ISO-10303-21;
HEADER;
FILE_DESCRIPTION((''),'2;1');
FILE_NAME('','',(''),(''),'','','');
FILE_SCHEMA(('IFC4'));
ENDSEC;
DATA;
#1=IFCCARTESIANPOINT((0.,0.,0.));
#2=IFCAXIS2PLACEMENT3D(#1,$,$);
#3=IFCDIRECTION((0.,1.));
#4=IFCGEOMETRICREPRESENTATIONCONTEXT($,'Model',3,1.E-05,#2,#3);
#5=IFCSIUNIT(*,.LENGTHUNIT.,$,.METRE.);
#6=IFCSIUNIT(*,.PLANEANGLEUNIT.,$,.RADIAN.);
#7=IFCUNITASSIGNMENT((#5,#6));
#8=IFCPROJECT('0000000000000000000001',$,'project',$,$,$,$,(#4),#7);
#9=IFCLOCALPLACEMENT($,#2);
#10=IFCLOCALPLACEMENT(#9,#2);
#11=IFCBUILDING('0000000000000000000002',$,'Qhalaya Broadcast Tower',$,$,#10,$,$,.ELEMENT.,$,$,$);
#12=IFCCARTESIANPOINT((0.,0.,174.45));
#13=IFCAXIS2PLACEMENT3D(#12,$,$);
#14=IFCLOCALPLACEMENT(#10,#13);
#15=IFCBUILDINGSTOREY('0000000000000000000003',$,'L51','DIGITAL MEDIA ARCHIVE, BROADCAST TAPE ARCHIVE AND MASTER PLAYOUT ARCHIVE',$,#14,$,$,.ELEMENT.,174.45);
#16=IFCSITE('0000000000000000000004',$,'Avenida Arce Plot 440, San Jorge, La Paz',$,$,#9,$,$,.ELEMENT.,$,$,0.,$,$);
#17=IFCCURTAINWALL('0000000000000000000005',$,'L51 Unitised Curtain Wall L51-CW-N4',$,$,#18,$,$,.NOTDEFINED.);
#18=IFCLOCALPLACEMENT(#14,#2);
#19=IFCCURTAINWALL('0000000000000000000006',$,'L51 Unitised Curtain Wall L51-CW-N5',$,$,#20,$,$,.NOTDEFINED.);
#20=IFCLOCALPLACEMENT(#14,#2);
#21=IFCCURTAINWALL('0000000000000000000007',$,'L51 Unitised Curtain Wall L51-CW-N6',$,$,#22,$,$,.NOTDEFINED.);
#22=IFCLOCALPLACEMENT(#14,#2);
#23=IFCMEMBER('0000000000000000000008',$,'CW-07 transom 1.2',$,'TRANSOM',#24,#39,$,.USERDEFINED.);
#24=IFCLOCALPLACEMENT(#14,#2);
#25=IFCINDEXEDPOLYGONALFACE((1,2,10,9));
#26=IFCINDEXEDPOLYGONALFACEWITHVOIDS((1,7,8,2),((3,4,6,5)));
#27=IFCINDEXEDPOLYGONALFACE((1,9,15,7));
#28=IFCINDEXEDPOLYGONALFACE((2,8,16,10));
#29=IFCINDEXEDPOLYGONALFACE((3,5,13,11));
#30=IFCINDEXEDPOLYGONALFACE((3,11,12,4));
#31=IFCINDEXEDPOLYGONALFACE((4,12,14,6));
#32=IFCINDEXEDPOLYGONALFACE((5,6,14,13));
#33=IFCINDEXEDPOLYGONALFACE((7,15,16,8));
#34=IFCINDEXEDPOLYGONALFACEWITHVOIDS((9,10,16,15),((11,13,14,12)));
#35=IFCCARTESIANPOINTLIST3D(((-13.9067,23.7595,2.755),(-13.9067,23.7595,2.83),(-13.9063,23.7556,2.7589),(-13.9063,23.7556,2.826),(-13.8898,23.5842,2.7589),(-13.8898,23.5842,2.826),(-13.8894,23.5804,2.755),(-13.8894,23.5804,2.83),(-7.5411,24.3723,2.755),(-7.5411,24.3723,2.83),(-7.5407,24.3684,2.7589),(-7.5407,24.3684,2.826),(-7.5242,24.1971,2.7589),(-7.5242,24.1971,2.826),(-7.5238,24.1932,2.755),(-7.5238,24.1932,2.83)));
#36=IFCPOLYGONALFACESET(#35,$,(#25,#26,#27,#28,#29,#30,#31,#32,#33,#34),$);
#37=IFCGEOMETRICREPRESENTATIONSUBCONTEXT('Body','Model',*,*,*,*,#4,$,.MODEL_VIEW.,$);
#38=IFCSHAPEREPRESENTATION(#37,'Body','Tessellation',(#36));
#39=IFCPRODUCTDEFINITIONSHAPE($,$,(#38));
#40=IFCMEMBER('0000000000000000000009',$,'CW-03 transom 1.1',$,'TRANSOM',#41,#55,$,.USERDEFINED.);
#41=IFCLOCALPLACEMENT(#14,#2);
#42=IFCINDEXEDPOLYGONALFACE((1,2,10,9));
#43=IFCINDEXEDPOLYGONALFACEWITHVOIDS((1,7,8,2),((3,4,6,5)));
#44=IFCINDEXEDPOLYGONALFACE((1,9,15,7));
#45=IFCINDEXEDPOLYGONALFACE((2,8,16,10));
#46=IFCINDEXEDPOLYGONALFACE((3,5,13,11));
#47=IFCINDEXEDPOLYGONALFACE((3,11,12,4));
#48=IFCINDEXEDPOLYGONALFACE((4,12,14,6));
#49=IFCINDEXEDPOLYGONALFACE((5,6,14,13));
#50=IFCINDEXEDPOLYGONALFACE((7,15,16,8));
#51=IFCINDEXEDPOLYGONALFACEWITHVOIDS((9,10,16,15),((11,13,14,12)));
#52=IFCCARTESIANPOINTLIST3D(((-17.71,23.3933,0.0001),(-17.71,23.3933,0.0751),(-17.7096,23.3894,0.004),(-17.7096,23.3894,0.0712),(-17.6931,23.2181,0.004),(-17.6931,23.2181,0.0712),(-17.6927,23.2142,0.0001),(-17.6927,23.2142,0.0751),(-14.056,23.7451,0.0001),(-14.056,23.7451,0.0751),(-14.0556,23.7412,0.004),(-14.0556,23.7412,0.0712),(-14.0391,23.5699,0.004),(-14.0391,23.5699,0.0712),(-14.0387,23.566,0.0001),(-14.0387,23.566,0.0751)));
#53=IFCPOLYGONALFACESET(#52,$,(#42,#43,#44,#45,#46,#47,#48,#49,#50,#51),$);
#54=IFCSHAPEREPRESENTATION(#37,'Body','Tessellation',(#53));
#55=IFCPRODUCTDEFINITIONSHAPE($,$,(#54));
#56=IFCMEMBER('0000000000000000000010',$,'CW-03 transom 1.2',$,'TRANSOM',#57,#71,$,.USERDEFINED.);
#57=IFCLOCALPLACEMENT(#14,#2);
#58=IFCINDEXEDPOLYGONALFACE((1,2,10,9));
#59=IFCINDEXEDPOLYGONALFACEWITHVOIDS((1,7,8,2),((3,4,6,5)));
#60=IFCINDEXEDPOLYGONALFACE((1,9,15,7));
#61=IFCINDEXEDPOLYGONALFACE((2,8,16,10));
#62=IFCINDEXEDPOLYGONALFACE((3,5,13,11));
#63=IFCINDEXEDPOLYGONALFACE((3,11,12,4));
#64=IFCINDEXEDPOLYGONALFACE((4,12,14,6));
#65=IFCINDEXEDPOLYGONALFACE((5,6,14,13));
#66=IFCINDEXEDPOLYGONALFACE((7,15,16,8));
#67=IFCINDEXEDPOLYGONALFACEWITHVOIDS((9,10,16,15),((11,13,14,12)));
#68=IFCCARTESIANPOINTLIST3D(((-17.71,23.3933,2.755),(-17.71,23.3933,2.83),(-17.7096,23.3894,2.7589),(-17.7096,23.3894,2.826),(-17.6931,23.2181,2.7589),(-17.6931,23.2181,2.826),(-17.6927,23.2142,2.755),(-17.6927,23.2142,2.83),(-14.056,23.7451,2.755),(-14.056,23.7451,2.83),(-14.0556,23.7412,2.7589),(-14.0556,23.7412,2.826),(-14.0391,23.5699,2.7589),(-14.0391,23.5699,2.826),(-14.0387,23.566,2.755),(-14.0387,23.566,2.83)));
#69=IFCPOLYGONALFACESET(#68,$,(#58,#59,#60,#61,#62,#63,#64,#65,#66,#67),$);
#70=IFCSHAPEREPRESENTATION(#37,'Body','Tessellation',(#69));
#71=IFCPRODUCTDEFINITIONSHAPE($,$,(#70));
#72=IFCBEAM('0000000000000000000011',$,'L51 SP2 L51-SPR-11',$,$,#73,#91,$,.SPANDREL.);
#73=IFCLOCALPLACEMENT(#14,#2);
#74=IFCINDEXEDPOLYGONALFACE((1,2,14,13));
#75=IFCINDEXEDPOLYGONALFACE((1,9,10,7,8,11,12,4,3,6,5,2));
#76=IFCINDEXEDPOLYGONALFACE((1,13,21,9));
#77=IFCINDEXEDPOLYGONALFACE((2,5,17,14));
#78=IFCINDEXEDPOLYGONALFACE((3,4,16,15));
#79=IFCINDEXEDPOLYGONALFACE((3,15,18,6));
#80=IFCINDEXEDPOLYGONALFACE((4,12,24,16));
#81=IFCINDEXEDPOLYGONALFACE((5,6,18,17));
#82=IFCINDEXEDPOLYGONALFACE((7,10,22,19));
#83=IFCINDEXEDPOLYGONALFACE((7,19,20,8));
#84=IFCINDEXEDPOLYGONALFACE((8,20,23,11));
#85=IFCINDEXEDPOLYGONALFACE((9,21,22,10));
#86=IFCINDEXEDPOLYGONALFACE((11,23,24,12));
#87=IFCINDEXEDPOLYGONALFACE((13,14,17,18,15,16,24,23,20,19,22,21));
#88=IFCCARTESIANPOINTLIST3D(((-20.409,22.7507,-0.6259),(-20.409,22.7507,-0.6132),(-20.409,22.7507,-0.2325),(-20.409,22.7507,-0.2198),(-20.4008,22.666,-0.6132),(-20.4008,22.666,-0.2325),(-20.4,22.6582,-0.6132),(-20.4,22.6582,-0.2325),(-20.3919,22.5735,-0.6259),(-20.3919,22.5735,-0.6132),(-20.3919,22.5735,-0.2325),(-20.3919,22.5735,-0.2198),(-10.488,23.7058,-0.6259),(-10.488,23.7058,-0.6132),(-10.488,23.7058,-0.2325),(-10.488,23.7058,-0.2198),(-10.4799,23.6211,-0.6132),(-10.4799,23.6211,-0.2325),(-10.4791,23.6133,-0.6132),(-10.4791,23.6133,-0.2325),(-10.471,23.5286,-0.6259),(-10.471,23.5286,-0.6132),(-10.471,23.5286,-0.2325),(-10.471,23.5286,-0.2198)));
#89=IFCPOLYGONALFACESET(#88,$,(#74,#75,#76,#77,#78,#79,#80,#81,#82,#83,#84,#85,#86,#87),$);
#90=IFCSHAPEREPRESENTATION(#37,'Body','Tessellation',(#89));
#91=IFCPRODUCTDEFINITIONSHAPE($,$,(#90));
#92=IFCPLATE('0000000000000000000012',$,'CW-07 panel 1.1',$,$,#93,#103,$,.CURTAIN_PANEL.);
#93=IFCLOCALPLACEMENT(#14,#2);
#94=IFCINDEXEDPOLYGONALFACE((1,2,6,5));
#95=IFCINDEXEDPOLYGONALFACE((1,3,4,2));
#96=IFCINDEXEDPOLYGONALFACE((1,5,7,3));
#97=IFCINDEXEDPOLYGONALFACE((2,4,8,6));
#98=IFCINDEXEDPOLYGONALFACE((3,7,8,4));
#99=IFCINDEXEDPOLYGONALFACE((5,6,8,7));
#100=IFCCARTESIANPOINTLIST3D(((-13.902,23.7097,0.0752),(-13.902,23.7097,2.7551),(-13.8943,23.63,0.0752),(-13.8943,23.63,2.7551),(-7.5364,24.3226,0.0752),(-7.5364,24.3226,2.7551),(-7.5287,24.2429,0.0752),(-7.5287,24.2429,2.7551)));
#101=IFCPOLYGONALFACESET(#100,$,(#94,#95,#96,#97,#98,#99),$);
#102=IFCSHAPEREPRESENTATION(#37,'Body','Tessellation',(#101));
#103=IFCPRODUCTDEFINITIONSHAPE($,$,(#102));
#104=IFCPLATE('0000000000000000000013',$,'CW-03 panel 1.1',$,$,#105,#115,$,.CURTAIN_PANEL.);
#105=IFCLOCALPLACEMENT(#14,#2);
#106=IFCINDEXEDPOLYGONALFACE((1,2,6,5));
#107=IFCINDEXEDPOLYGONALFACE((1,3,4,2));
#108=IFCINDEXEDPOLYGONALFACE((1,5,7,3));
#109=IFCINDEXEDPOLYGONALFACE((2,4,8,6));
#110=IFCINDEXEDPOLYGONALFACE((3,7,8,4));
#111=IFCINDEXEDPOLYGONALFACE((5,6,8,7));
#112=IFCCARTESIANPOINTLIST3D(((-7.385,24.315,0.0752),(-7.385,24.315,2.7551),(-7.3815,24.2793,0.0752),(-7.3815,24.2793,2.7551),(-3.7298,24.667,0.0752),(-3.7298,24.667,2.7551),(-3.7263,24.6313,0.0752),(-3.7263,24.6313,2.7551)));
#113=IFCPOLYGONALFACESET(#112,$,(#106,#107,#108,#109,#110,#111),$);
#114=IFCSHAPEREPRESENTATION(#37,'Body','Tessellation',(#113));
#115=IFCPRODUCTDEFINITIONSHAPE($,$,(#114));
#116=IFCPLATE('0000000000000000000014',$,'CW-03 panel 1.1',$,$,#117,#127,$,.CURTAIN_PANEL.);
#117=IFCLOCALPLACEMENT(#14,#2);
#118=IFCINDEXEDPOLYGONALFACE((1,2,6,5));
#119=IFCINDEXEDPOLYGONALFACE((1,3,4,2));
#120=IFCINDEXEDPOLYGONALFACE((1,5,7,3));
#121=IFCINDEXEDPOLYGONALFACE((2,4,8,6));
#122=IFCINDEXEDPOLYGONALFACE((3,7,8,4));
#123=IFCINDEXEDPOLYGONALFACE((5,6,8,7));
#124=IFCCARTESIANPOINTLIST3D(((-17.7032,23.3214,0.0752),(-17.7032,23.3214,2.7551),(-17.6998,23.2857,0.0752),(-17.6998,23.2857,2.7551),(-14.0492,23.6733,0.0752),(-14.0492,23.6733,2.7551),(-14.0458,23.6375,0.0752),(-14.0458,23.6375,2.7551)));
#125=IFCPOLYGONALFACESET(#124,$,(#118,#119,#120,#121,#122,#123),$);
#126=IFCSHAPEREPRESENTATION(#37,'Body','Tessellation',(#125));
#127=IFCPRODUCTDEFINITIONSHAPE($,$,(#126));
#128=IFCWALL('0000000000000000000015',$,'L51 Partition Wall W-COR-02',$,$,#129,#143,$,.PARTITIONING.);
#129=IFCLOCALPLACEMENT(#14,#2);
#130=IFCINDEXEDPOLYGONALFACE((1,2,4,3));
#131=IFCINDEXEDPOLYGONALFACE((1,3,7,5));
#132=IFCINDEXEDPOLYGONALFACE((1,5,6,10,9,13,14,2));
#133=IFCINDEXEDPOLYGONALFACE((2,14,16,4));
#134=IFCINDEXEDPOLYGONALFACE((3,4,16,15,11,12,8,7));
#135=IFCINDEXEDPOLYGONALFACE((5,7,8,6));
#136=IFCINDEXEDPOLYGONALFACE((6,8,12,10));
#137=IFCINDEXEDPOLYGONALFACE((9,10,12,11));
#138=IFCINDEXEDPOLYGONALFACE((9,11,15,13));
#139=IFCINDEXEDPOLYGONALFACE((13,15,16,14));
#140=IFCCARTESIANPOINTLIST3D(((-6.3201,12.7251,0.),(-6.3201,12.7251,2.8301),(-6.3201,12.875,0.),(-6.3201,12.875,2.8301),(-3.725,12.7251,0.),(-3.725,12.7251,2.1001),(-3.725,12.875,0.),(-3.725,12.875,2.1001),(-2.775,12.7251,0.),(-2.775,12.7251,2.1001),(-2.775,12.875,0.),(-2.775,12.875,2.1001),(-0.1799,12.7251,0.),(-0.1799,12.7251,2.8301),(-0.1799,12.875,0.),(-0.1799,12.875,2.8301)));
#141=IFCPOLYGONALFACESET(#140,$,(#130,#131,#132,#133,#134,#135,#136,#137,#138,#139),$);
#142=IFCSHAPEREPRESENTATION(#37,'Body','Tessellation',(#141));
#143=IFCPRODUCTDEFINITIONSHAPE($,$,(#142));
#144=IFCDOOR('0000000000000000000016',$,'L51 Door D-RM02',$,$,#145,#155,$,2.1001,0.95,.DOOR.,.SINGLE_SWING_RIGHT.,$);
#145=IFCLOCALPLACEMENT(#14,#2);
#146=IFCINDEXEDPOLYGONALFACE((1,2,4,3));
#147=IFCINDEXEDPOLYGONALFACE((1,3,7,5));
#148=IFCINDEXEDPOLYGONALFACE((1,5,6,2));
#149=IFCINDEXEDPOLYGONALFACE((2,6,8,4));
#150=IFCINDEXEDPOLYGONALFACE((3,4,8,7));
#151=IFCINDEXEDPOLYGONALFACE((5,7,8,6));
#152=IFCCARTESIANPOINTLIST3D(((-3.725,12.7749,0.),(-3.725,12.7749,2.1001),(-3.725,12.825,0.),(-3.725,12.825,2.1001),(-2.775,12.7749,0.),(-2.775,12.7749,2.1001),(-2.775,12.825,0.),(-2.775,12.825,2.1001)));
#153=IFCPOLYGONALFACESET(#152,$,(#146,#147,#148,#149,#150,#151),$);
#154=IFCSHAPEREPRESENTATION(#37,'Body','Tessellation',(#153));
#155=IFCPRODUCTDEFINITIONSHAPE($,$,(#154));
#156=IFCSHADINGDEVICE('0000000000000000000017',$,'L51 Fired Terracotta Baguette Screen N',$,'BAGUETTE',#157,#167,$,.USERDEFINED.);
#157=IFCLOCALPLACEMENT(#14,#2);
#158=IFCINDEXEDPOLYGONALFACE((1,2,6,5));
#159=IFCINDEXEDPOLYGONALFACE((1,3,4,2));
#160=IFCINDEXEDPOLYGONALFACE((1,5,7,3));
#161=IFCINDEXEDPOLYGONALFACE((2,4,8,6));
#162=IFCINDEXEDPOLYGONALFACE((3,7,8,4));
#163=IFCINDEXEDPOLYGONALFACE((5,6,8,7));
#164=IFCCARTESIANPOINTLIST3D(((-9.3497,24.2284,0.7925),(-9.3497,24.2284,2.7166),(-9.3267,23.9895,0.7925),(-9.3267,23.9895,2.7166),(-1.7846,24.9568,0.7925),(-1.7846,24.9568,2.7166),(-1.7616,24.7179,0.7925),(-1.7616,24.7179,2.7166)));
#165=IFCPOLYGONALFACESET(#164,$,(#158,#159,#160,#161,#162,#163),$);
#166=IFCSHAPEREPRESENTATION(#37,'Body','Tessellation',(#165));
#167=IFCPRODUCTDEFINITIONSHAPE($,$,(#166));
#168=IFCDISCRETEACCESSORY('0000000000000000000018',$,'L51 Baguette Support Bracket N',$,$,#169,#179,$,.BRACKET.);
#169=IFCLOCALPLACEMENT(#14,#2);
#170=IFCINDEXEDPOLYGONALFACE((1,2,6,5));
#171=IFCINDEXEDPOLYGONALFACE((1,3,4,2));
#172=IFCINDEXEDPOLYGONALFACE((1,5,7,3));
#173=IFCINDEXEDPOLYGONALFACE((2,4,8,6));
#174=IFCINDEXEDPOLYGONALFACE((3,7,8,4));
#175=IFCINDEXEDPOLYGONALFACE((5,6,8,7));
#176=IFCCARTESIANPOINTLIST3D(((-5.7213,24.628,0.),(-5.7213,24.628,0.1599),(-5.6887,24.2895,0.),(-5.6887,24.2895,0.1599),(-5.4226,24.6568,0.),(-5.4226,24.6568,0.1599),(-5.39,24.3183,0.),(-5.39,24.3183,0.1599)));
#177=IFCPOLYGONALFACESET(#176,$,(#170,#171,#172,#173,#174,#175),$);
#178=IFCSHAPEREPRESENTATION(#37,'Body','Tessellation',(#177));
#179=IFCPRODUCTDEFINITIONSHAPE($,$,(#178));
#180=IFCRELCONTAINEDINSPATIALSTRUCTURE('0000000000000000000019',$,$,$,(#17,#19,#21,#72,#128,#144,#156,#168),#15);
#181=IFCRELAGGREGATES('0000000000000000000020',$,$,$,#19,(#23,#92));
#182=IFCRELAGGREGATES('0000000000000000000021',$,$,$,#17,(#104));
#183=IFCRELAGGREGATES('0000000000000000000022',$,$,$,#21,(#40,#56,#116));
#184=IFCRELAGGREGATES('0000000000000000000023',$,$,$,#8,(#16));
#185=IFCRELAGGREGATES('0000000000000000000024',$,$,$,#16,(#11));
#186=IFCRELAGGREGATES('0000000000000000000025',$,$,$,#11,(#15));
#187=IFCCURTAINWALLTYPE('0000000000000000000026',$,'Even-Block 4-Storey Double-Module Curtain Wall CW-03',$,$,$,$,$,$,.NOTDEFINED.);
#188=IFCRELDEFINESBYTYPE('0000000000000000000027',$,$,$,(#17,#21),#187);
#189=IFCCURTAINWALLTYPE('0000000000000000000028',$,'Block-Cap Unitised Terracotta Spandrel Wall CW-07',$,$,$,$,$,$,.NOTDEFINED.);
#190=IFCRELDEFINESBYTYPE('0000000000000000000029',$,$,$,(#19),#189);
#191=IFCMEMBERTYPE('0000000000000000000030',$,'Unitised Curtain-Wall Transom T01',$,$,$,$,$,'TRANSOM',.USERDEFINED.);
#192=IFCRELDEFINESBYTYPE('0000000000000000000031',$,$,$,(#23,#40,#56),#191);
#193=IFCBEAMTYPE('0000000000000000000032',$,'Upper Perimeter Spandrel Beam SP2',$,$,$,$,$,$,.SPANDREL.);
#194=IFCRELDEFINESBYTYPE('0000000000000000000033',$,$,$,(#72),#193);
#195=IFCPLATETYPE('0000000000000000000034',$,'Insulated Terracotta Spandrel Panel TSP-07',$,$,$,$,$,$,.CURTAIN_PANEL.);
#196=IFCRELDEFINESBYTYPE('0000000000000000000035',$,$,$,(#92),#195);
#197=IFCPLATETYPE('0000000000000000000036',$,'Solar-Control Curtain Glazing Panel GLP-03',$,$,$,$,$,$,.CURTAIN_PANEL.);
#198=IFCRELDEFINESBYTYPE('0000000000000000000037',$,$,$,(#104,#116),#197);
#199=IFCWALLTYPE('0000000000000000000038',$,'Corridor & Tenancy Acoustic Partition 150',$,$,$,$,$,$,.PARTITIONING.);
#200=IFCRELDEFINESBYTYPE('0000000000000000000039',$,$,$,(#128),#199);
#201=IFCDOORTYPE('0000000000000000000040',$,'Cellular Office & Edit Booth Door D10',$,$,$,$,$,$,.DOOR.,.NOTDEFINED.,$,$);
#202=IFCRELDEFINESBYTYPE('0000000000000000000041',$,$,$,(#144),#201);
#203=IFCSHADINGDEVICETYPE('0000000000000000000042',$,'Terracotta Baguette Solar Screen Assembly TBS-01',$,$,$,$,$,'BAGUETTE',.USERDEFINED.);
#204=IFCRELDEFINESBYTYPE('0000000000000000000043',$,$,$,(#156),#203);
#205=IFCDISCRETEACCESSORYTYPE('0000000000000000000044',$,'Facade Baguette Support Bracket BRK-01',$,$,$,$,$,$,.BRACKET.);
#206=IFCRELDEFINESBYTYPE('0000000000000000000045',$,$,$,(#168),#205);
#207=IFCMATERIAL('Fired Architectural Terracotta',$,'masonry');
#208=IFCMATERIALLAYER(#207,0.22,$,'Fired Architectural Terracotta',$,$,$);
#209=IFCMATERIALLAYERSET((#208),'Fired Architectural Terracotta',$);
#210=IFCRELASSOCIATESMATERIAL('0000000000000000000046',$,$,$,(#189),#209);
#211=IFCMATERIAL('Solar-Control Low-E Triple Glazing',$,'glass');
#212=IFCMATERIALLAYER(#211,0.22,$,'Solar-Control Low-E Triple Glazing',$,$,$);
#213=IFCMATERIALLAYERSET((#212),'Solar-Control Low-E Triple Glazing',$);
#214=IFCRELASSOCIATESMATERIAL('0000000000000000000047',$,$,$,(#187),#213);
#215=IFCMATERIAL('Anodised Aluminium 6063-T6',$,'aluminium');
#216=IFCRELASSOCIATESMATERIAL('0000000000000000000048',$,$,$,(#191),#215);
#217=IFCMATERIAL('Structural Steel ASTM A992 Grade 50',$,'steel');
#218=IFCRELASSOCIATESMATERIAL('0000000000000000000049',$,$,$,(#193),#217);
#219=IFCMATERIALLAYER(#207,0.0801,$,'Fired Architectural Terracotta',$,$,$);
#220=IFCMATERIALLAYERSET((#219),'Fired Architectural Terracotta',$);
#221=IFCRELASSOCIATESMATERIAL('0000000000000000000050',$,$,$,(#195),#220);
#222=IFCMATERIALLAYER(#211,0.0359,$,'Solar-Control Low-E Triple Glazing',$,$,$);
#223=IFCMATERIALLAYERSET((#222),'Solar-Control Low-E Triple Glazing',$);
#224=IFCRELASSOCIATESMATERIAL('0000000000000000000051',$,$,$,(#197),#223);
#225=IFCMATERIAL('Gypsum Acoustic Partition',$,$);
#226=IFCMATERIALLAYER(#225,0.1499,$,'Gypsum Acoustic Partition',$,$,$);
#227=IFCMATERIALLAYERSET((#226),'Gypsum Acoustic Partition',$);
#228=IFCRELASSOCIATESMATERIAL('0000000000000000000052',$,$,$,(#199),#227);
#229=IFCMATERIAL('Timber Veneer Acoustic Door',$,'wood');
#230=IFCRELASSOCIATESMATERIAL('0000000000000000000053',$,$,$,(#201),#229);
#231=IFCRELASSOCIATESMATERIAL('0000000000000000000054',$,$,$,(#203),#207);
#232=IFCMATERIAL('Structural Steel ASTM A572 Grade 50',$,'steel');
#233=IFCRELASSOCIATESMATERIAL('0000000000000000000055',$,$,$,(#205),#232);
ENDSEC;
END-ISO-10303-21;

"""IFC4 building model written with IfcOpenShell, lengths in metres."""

from ifc_helpers import new_model, si_unit, direction, frame, frame_2d, origin, origin_2d, place, context, subcontext, project, spatial, rectangle, hollow_rectangle, i_section, extrude, material, layer, layer_set, material_profile, profile_set, type_object, element, fill, aggregate, save


model = new_model("IFC4")

# Units and contexts
model_context = context("Model", 3, precision=1e-05, world=origin(), true_north=direction((0.0, 1.0)))
body_context = subcontext(model_context, "Body", "Model", "MODEL_VIEW")
ifc_project = project(units=[si_unit("LENGTHUNIT", "METRE"), si_unit("PLANEANGLEUNIT", "RADIAN")], contexts=[model_context])

# Site, building, storey
site_placement = place(None, origin())
site = spatial("IfcSite", under=ifc_project, at=site_placement, Name="Avenida Arce Plot 440, San Jorge, La Paz", CompositionType="ELEMENT", RefElevation=0.0)
building_placement = place(site_placement, origin())
building = spatial("IfcBuilding", under=site, at=building_placement, Name="Qhalaya Broadcast Tower", CompositionType="ELEMENT")
storey_placement = place(building_placement, frame((0.0, 0.0, 174.45)))
storey = spatial("IfcBuildingStorey", under=building, at=storey_placement, Name="L51", Description="DIGITAL MEDIA ARCHIVE, BROADCAST TAPE ARCHIVE AND MASTER PLAYOUT ARCHIVE", CompositionType="ELEMENT", Elevation=174.45)

# Shared definitions
ifc_material_1 = material(Name="Structural Steel ASTM A572 Grade 50", Category="steel")

# Shared definitions
ifc_material_2 = material(Name="Fired Architectural Terracotta", Category="masonry")
ifc_layer_1 = layer(ifc_material_2, 0.22, Name="Fired Architectural Terracotta")
ifc_layer_set_1 = layer_set([ifc_layer_1], Name="Fired Architectural Terracotta")
curtain_wall_type_1 = type_object("IfcCurtainWallType", Name="Block-Cap Unitised Terracotta Spandrel Wall CW-07", PredefinedType="NOTDEFINED", material=ifc_layer_set_1)
ifc_material_3 = material(Name="Anodised Aluminium 6063-T6", Category="aluminium")

# Curtain walls
ifc_material_4 = material(Name="Solar-Control Low-E Triple Glazing", Category="glass")
ifc_layer_2 = layer(ifc_material_4, 0.22, Name="Solar-Control Low-E Triple Glazing")
ifc_layer_set_2 = layer_set([ifc_layer_2], Name="Solar-Control Low-E Triple Glazing")
curtain_wall_type_2 = type_object("IfcCurtainWallType", Name="Even-Block 4-Storey Double-Module Curtain Wall CW-03", PredefinedType="NOTDEFINED", material=ifc_layer_set_2)
curtain_wall_1_placement = place(storey_placement, origin())
curtain_wall_1 = element("IfcCurtainWall", 1, at=curtain_wall_1_placement, inside=storey, type_object=curtain_wall_type_2, Name="L51 Unitised Curtain Wall L51-CW-N4", PredefinedType="NOTDEFINED")
curtain_wall_2_placement = place(storey_placement, origin())
curtain_wall_2 = element("IfcCurtainWall", 2, at=curtain_wall_2_placement, inside=storey, type_object=curtain_wall_type_1, Name="L51 Unitised Curtain Wall L51-CW-N5", PredefinedType="NOTDEFINED")

# Curtain wall
curtain_wall_3_placement = place(storey_placement, origin())
curtain_wall_3 = element("IfcCurtainWall", 3, at=curtain_wall_3_placement, inside=storey, type_object=curtain_wall_type_2, Name="L51 Unitised Curtain Wall L51-CW-N6", PredefinedType="NOTDEFINED")

# Members
ifc_material_profile_1 = material_profile(ifc_material_3, hollow_rectangle(XDim=0.075, YDim=0.1799, WallThickness=0.0039, at=origin_2d()), Name="ALU-TRN 75x180x4")
ifc_profile_set_1 = profile_set([ifc_material_profile_1], Name="Anodised Aluminium 6063-T6")
member_type_1 = type_object("IfcMemberType", Name="Unitised Curtain-Wall Transom T01", ElementType="TRANSOM", PredefinedType="USERDEFINED", material=ifc_profile_set_1)
member_1_placement = place(storey_placement, frame((-7.5325, 24.2827, 2.7925), z_axis=(-0.995398, -0.095825, 0.0), x_axis=(0.0, 0.0, 1.0)))
member_1 = element("IfcMember", 4, at=member_1_placement, type_object=member_type_1, Name="CW-07 transom 1.2", ObjectType="TRANSOM", PredefinedType="USERDEFINED", context=body_context, shape_type="SweptSolid", body=[
    extrude(hollow_rectangle(XDim=0.075, YDim=0.1799, WallThickness=0.0039, at=origin_2d()), origin(), (0.0, 0.0, 1.0), 6.395),
])
member_2_placement = place(storey_placement, frame((-14.0474, 23.6555, 0.0376), z_axis=(-0.995397, -0.095835, 0.0), x_axis=(0.0, 0.0, 1.0)))
member_2 = element("IfcMember", 5, at=member_2_placement, type_object=member_type_1, Name="CW-03 transom 1.1", ObjectType="TRANSOM", PredefinedType="USERDEFINED", context=body_context, shape_type="SweptSolid", body=[
    extrude(hollow_rectangle(XDim=0.075, YDim=0.1799, WallThickness=0.0039, at=origin_2d()), origin(), (0.0, 0.0, 1.0), 3.6709),
])
member_3_placement = place(storey_placement, frame((-14.0474, 23.6555, 2.7925), z_axis=(-0.995397, -0.095835, 0.0), x_axis=(0.0, 0.0, 1.0)))
member_3 = element("IfcMember", 6, at=member_3_placement, type_object=member_type_1, Name="CW-03 transom 1.2", ObjectType="TRANSOM", PredefinedType="USERDEFINED", context=body_context, shape_type="SweptSolid", body=[
    extrude(hollow_rectangle(XDim=0.075, YDim=0.1799, WallThickness=0.0039, at=origin_2d()), origin(), (0.0, 0.0, 1.0), 3.6709),
])

# Beam
ifc_material_5 = material(Name="Structural Steel ASTM A992 Grade 50", Category="steel")
ifc_material_profile_2 = material_profile(ifc_material_5, i_section(OverallWidth=0.178, OverallDepth=0.406, WebThickness=0.0078, FlangeThickness=0.0127, at=origin_2d()), Name="W16X40")
ifc_profile_set_2 = profile_set([ifc_material_profile_2], Name="Structural Steel ASTM A992 Grade 50")
beam_type = type_object("IfcBeamType", Name="Upper Perimeter Spandrel Beam SP2", PredefinedType="SPANDREL", material=ifc_profile_set_2)
beam_placement = place(storey_placement, frame((-10.4795, 23.6172, -0.4229), z_axis=(-0.995398, -0.095826, 0.0), x_axis=(0.095826, -0.995398, 0.0)))
element("IfcBeam", 7, at=beam_placement, inside=storey, type_object=beam_type, Name="L51 SP2 L51-SPR-11", PredefinedType="SPANDREL", context=body_context, shape_type="SweptSolid", body=[
    extrude(i_section(OverallWidth=0.178, OverallDepth=0.406, WebThickness=0.0078, FlangeThickness=0.0127, at=origin_2d()), origin(), (0.0, 0.0, 1.0), 9.9668),
])

# Plates
ifc_layer_3 = layer(ifc_material_2, 0.0801, Name="Fired Architectural Terracotta")
ifc_layer_set_3 = layer_set([ifc_layer_3], Name="Fired Architectural Terracotta")
plate_type_1 = type_object("IfcPlateType", Name="Insulated Terracotta Spandrel Panel TSP-07", PredefinedType="CURTAIN_PANEL", material=ifc_layer_set_3)
plate_1_placement = place(storey_placement, frame((-10.7153, 23.9763, 0.0752), z_axis=(0.0, 0.0, 1.0), x_axis=(-0.995396, -0.095845, 0.0)))
plate_1 = element("IfcPlate", 8, at=plate_1_placement, type_object=plate_type_1, Name="CW-07 panel 1.1", PredefinedType="CURTAIN_PANEL", context=body_context, shape_type="SweptSolid", body=[
    extrude(rectangle(XDim=6.395, YDim=0.0801, at=origin_2d()), origin(), (0.0, 0.0, 1.0), 2.6799),
])
aggregate(curtain_wall_2, [member_1, plate_1])
ifc_layer_4 = layer(ifc_material_4, 0.0359, Name="Solar-Control Low-E Triple Glazing")
ifc_layer_set_4 = layer_set([ifc_layer_4], Name="Solar-Control Low-E Triple Glazing")
plate_type_2 = type_object("IfcPlateType", Name="Solar-Control Curtain Glazing Panel GLP-03", PredefinedType="CURTAIN_PANEL", material=ifc_layer_set_4)
plate_2_placement = place(storey_placement, frame((-5.5557, 24.4731, 0.0752), z_axis=(0.0, 0.0, 1.0), x_axis=(-0.995394, -0.095866, 0.0)))
plate_2 = element("IfcPlate", 9, at=plate_2_placement, type_object=plate_type_2, Name="CW-03 panel 1.1", PredefinedType="CURTAIN_PANEL", context=body_context, shape_type="SweptSolid", body=[
    extrude(rectangle(XDim=3.6721, YDim=0.0359, at=origin_2d()), origin(), (0.0, 0.0, 1.0), 2.6799),
])
aggregate(curtain_wall_1, [plate_2])
plate_3_placement = place(storey_placement, frame((-15.8745, 23.4795, 0.0752), z_axis=(0.0, 0.0, 1.0), x_axis=(-0.995397, -0.095839, 0.0)))
plate_3 = element("IfcPlate", 10, at=plate_3_placement, type_object=plate_type_2, Name="CW-03 panel 1.1", PredefinedType="CURTAIN_PANEL", context=body_context, shape_type="SweptSolid", body=[
    extrude(rectangle(XDim=3.6709, YDim=0.0359, at=origin_2d()), origin(), (0.0, 0.0, 1.0), 2.6799),
])
aggregate(curtain_wall_3, [member_2, member_3, plate_3])

# Wall, opening, door
ifc_material_6 = material(Name="Gypsum Acoustic Partition")
ifc_layer_5 = layer(ifc_material_6, 0.1499, Name="Gypsum Acoustic Partition")
ifc_layer_set_5 = layer_set([ifc_layer_5], Name="Gypsum Acoustic Partition")
wall_type_1 = type_object("IfcWallType", Name="Corridor & Tenancy Acoustic Partition 150", PredefinedType="PARTITIONING", material=ifc_layer_set_5)
wall_1_placement = place(storey_placement, frame((-6.3201, 12.8, 0.0), z_axis=(0.0, 0.0, 1.0), x_axis=(1.0, 0.0, 0.0)))
wall_1 = element("IfcWall", 11, at=wall_1_placement, inside=storey, type_object=wall_type_1, Name="L51 Partition Wall W-COR-02", PredefinedType="PARTITIONING", context=body_context, shape_type="SweptSolid", body=[
    extrude(rectangle(XDim=6.1401, YDim=0.1499, at=frame_2d((3.0701, 0.0))), origin(), (0.0, 0.0, 1.0), 2.8301),
])
opening_placement = place(wall_1_placement, frame((2.595, 0.0, 0.0)))
opening = element("IfcOpeningElement", 12, at=opening_placement, cuts=wall_1, PredefinedType="OPENING", context=body_context, shape_type="SweptSolid", body=[
    extrude(rectangle(XDim=0.95, YDim=2.1001, at=frame_2d((0.4751, 1.05))), frame((0.0, 0.0869, 0.0), z_axis=(0.0, -1.0, 0.0), x_axis=(1.0, 0.0, 0.0)), (0.0, 0.0, 1.0), 0.1738),
])
ifc_material_7 = material(Name="Timber Veneer Acoustic Door", Category="wood")
door_type = type_object("IfcDoorType", Name="Cellular Office & Edit Booth Door D10", OperationType="NOTDEFINED", PredefinedType="DOOR", material=ifc_material_7)
door_placement = place(opening_placement, origin())
door = element("IfcDoor", 13, at=door_placement, inside=storey, type_object=door_type, Name="L51 Door D-RM02", OperationType="SINGLE_SWING_RIGHT", OverallHeight=2.1001, OverallWidth=0.95, PredefinedType="DOOR", context=body_context, shape_type="SweptSolid", body=[
    extrude(rectangle(XDim=0.95, YDim=2.1001, at=frame_2d((0.4751, 1.05))), frame((0.0, 0.0249, 0.0), z_axis=(0.0, -1.0, 0.0), x_axis=(1.0, 0.0, 0.0)), (0.0, 0.0, 1.0), 0.05),
])
fill(opening, door)

# Shading device
shading_device_type = type_object("IfcShadingDeviceType", Name="Terracotta Baguette Solar Screen Assembly TBS-01", ElementType="BAGUETTE", PredefinedType="USERDEFINED", material=ifc_material_2)
shading_device_placement = place(storey_placement, frame((-5.5557, 24.4731, 0.7925), z_axis=(0.0, 0.0, 1.0), x_axis=(-0.995396, -0.095846, 0.0)))
element("IfcShadingDevice", 14, at=shading_device_placement, inside=storey, type_object=shading_device_type, Name="L51 Fired Terracotta Baguette Screen N", ObjectType="BAGUETTE", PredefinedType="USERDEFINED", context=body_context, shape_type="SweptSolid", body=[
    extrude(rectangle(XDim=7.6001, YDim=0.24, at=origin_2d()), origin(), (0.0, 0.0, 1.0), 1.9241),
])

# Discrete accessory
discrete_accessory_type = type_object("IfcDiscreteAccessoryType", Name="Facade Baguette Support Bracket BRK-01", PredefinedType="BRACKET", material=ifc_material_1)
discrete_accessory_placement = place(storey_placement, frame((-5.5557, 24.4731, 0.0), z_axis=(0.0, 0.0, 1.0), x_axis=(-0.995396, -0.095846, 0.0)))
element("IfcDiscreteAccessory", 15, at=discrete_accessory_placement, inside=storey, type_object=discrete_accessory_type, Name="L51 Baguette Support Bracket N", PredefinedType="BRACKET", context=body_context, shape_type="SweptSolid", body=[
    extrude(rectangle(XDim=0.3, YDim=0.3401, at=origin_2d()), origin(), (0.0, 0.0, 1.0), 0.1599),
])

save(model, "model.ifc")
